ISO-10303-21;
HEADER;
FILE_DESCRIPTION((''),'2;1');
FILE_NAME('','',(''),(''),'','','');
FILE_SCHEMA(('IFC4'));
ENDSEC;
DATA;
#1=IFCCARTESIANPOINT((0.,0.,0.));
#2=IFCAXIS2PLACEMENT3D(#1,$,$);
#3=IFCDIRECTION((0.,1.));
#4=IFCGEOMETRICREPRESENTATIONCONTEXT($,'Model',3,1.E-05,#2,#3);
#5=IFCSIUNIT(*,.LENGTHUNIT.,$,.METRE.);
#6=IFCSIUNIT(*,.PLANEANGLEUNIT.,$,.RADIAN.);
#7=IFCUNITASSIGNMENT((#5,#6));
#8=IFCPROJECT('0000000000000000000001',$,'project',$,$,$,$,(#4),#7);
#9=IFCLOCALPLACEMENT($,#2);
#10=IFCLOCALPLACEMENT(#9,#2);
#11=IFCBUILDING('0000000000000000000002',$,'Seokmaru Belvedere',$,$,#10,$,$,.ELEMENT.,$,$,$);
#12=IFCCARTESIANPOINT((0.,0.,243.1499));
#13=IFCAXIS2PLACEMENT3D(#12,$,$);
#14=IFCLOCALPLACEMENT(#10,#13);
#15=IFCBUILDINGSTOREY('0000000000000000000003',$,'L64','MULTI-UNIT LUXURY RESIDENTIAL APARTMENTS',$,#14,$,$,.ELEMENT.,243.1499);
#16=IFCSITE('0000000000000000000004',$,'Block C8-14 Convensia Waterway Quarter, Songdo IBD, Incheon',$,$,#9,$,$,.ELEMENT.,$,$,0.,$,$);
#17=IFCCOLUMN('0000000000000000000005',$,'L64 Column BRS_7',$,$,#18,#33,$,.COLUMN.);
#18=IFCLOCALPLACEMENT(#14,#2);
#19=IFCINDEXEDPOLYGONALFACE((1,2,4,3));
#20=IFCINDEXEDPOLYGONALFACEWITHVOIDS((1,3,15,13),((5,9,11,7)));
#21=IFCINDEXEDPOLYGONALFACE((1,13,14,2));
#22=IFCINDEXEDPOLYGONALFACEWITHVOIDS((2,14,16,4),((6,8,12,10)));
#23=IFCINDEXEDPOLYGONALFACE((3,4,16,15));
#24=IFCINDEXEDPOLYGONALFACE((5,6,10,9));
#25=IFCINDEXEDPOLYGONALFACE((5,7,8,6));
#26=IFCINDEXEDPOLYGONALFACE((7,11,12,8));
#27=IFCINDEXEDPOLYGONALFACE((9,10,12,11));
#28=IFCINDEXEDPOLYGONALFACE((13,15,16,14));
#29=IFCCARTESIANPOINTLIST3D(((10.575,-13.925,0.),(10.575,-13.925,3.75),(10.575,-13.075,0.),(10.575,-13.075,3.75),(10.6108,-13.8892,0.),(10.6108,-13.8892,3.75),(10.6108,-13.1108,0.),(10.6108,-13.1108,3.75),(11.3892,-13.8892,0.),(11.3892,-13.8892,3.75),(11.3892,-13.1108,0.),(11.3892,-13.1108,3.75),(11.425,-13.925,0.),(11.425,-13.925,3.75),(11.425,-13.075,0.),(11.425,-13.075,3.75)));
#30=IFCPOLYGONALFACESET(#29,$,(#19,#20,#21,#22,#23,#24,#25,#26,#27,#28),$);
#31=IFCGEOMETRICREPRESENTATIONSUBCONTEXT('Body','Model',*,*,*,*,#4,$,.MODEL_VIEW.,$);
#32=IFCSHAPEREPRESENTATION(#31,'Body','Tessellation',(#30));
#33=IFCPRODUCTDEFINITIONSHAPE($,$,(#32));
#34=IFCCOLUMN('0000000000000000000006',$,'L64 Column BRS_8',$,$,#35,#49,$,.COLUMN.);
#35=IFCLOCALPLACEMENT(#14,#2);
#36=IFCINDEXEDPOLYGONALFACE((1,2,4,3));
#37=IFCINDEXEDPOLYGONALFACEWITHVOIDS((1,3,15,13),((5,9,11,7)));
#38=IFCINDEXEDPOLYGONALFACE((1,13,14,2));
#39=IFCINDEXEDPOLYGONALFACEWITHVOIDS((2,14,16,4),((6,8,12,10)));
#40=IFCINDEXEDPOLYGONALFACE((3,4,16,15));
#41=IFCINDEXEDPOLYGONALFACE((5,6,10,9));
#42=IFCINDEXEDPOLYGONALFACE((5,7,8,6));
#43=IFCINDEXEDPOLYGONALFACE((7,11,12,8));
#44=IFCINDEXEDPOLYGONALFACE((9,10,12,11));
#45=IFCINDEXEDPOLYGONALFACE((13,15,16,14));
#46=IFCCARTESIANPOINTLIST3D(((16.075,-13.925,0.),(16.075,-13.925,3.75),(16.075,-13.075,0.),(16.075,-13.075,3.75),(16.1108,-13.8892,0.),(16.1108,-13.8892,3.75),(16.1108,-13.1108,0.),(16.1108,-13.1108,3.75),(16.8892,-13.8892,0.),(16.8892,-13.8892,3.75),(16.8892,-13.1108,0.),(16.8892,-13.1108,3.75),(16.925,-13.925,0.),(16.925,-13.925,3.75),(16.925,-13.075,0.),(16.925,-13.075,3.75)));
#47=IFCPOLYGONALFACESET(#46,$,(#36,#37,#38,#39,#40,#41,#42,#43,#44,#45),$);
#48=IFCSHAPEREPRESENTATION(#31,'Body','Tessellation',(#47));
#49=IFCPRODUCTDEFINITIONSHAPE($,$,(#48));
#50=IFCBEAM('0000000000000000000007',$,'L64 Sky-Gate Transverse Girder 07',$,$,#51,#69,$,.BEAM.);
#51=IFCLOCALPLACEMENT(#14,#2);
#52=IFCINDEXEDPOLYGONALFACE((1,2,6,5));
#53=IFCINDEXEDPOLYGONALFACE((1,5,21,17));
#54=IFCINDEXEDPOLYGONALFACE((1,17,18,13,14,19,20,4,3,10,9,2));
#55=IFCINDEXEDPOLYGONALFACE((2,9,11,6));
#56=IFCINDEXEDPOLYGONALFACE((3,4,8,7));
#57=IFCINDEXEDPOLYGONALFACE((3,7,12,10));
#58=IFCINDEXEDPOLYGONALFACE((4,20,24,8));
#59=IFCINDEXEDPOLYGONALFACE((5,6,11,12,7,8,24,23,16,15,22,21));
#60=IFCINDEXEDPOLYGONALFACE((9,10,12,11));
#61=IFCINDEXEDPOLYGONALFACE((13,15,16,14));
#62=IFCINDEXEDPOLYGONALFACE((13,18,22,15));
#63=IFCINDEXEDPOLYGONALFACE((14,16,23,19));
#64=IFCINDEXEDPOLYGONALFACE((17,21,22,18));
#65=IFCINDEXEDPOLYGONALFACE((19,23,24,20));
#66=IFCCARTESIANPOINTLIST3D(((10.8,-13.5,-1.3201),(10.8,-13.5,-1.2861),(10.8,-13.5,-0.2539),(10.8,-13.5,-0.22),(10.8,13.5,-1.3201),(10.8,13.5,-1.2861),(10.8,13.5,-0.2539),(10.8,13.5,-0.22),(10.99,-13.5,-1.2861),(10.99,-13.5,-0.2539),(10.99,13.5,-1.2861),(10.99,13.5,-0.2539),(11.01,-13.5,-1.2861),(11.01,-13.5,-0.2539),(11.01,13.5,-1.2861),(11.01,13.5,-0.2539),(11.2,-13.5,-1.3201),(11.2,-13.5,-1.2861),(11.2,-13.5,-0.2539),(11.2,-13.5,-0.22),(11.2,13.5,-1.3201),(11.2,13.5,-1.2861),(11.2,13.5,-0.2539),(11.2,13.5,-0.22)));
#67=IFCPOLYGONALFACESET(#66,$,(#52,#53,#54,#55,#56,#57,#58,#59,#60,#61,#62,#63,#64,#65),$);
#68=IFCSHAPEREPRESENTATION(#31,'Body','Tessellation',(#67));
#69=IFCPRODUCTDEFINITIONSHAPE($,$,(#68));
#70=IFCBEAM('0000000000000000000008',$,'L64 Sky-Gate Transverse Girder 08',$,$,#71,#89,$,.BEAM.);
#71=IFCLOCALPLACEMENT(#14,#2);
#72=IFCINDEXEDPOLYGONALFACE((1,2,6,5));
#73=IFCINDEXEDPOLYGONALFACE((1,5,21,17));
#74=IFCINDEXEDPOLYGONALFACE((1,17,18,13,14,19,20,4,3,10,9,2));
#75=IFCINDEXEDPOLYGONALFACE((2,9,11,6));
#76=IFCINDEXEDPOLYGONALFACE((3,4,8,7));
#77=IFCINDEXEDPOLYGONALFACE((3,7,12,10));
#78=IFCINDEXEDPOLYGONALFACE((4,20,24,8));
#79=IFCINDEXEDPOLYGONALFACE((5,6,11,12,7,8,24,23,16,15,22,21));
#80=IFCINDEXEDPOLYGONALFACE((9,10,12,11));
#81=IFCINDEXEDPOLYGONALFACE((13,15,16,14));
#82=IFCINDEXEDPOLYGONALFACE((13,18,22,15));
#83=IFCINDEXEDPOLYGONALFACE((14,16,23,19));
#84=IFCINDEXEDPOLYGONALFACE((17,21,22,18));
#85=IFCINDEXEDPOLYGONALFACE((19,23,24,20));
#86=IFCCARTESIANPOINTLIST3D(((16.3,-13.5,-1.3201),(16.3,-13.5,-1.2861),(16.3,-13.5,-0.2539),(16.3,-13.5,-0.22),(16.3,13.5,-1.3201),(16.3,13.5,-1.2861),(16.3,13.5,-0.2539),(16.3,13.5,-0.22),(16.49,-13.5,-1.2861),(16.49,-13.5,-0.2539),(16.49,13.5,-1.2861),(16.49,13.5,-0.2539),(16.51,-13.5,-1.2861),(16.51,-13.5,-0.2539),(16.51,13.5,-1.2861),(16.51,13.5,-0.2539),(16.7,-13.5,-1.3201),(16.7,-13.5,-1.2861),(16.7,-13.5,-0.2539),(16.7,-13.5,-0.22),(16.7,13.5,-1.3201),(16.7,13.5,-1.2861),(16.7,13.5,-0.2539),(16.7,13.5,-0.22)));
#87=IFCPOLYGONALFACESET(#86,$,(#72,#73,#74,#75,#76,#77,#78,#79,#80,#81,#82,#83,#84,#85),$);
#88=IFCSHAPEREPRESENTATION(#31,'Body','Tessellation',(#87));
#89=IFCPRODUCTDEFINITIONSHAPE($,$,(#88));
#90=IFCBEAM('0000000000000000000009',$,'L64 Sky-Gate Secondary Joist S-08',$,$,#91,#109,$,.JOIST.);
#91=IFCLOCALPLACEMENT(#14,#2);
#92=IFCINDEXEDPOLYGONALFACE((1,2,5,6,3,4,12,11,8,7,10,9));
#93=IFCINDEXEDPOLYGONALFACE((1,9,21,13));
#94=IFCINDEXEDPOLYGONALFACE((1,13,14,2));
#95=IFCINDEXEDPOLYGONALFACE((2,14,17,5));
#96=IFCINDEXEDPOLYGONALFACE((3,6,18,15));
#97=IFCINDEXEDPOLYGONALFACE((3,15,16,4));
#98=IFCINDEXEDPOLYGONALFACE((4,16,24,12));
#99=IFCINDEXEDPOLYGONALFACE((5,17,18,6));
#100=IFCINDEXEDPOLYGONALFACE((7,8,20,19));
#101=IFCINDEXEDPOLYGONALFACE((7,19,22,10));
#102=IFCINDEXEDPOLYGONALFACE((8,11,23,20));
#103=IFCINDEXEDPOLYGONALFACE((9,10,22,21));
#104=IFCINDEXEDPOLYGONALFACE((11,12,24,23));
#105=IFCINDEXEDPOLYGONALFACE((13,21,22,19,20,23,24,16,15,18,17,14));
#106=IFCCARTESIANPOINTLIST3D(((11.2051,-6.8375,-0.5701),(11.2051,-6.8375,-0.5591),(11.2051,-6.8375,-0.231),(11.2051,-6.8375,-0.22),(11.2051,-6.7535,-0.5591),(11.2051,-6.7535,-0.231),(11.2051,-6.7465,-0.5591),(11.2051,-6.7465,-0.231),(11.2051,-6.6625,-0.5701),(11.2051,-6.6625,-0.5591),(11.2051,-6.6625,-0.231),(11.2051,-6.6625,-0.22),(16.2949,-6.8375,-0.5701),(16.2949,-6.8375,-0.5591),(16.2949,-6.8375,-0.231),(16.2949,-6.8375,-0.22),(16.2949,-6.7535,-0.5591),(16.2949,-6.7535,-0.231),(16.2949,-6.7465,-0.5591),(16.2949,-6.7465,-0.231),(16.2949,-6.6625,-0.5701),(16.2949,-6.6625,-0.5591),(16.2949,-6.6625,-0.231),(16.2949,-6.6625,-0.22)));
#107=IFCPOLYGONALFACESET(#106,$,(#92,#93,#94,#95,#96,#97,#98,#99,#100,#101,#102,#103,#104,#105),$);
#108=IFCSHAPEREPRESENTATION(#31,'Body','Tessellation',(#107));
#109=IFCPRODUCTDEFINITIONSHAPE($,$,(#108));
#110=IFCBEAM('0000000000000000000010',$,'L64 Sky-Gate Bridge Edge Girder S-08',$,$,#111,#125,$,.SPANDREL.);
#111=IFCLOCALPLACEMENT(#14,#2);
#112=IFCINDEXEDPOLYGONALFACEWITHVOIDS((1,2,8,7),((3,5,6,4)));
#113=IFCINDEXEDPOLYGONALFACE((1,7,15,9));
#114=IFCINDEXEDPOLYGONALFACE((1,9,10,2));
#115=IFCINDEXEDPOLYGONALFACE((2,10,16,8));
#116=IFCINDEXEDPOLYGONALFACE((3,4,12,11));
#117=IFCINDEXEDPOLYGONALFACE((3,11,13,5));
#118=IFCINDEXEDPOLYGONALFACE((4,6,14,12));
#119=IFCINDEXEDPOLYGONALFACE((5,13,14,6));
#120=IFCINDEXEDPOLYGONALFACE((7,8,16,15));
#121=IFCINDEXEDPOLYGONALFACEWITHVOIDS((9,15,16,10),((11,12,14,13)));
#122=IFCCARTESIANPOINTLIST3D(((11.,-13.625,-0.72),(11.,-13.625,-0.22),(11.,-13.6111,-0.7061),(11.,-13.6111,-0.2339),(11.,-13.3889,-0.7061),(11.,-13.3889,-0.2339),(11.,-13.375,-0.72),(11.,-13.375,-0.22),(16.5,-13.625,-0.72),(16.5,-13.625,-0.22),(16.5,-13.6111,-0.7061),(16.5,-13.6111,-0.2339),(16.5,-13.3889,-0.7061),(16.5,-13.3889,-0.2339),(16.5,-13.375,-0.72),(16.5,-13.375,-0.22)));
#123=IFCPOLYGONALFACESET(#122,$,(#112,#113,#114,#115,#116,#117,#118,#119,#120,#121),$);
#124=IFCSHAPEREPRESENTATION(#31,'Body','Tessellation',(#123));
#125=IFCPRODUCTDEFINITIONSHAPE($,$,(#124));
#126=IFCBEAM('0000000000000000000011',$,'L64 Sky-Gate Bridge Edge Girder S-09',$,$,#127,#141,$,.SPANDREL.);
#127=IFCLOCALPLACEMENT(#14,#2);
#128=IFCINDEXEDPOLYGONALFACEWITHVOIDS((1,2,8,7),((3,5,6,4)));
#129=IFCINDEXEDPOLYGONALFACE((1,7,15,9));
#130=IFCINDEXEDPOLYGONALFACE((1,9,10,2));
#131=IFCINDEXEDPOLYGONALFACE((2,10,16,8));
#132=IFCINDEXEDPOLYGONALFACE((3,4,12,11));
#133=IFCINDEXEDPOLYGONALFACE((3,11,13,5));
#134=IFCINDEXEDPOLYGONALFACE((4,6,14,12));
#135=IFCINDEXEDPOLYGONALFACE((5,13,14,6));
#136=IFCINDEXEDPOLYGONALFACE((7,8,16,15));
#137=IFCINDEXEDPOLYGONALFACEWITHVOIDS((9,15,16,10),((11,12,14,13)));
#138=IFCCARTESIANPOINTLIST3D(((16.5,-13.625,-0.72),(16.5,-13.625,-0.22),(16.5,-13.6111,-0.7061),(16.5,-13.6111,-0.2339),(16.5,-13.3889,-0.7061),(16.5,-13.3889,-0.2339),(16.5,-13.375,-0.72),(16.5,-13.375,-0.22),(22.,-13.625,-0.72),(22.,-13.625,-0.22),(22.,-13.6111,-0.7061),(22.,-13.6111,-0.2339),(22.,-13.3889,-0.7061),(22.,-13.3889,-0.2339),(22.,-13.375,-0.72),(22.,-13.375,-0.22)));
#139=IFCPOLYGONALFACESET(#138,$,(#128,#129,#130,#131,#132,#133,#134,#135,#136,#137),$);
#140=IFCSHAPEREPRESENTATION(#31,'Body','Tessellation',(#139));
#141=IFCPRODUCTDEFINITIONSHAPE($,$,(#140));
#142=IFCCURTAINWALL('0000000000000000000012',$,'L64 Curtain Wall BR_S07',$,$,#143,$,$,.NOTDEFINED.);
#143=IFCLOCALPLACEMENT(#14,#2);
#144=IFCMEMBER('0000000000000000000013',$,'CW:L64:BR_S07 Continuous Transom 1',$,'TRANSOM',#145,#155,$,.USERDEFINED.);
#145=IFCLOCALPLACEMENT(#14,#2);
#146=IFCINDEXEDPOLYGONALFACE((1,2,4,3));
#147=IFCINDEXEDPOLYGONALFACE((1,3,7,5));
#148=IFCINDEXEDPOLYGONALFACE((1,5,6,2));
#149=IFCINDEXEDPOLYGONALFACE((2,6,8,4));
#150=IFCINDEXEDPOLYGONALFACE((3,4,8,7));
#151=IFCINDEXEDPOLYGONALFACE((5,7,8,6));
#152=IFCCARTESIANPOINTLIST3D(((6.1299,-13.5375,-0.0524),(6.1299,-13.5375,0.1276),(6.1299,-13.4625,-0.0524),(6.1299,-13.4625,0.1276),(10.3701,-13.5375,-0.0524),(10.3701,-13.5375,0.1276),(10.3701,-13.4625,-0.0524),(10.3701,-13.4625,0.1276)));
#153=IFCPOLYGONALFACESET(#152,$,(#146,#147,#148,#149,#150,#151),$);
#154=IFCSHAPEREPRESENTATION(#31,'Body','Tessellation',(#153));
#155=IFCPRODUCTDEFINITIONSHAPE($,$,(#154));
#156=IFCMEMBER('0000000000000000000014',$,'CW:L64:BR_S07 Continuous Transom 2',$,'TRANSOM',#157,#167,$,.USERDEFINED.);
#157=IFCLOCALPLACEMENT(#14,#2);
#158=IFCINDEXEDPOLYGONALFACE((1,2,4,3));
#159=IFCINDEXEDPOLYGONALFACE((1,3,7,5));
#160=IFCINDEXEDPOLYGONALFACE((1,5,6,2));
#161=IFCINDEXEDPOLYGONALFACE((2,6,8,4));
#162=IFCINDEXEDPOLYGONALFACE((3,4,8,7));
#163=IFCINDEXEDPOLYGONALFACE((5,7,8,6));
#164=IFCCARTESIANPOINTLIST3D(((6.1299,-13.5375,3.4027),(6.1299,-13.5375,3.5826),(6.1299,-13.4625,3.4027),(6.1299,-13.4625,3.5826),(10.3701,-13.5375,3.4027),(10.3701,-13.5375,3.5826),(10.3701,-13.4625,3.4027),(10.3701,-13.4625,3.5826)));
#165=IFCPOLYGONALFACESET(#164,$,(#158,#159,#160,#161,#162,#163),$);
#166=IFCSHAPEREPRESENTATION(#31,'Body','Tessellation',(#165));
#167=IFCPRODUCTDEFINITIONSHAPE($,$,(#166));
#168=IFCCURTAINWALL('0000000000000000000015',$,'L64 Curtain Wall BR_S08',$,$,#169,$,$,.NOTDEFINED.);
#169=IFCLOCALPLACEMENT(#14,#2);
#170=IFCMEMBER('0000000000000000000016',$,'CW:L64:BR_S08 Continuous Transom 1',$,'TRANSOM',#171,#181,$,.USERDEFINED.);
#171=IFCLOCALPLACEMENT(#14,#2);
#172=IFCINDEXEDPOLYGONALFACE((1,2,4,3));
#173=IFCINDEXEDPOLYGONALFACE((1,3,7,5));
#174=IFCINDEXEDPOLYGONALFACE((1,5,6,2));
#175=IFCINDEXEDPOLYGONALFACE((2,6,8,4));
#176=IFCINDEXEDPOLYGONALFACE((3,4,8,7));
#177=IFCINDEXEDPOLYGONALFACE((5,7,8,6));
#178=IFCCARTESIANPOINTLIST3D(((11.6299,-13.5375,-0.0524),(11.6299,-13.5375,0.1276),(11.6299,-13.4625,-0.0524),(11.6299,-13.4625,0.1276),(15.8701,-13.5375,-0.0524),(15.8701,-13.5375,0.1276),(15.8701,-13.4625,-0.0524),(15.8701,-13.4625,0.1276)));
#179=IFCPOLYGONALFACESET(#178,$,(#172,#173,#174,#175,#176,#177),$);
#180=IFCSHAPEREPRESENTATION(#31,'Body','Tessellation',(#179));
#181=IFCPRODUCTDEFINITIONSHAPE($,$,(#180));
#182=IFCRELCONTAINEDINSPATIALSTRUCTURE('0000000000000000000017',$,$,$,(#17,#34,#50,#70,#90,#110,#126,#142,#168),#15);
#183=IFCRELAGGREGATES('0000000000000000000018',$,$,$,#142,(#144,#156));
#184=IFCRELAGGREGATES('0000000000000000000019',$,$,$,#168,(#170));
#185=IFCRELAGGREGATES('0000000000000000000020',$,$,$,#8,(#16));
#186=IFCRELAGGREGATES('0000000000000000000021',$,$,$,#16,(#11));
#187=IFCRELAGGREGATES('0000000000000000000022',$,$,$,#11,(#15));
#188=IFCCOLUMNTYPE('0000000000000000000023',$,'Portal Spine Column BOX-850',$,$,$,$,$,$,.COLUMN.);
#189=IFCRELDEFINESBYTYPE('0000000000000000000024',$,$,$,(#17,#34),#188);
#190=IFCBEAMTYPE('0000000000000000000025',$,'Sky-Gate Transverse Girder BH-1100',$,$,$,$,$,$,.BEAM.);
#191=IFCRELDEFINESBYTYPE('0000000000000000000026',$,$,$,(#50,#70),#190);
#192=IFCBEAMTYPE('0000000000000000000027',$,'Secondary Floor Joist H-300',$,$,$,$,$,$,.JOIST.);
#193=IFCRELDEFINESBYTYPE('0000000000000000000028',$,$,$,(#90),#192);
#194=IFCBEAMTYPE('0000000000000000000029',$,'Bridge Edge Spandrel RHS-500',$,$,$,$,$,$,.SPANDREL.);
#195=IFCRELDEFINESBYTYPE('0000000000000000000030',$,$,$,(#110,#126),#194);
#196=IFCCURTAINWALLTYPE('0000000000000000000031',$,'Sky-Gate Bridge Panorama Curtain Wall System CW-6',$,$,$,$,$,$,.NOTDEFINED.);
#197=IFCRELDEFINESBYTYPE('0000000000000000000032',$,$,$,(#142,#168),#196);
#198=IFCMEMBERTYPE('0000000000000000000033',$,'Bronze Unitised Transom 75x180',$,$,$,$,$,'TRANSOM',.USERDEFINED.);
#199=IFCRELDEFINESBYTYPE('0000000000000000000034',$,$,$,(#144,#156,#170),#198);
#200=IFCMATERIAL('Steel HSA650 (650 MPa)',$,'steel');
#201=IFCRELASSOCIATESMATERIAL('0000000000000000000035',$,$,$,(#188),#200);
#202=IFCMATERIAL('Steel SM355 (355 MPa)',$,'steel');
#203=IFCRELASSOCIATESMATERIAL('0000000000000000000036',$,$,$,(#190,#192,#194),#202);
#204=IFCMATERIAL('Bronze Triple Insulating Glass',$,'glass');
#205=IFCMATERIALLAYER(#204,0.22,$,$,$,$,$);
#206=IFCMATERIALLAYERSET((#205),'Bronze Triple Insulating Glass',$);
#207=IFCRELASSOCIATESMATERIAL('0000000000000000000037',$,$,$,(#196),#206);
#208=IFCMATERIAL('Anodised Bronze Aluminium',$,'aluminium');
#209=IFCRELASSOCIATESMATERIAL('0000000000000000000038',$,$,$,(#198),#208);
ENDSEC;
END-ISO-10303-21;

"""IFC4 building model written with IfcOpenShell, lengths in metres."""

from ifc_helpers import new_model, si_unit, direction, frame, origin, origin_2d, place, context, subcontext, project, spatial, rectangle, hollow_rectangle, i_section, extrude, source, transform, mapped, material, layer, layer_set, material_profile, profile_set, type_object, type_shapes, element, aggregate, save


model = new_model("IFC4")

# Units and contexts
model_context = context("Model", 3, precision=1e-05, world=origin(), true_north=direction((0.0, 1.0)))
body_context = subcontext(model_context, "Body", "Model", "MODEL_VIEW")
ifc_project = project(units=[si_unit("LENGTHUNIT", "METRE"), si_unit("PLANEANGLEUNIT", "RADIAN")], contexts=[model_context])

# Site, building, storey
site_placement = place(None, origin())
site = spatial("IfcSite", under=ifc_project, at=site_placement, Name="Block C8-14 Convensia Waterway Quarter, Songdo IBD, Incheon", CompositionType="ELEMENT", RefElevation=0.0)
building_placement = place(site_placement, origin())
building = spatial("IfcBuilding", under=site, at=building_placement, Name="Seokmaru Belvedere", CompositionType="ELEMENT")
storey_placement = place(building_placement, frame((0.0, 0.0, 243.1499)))
storey = spatial("IfcBuildingStorey", under=building, at=storey_placement, Name="L64", Description="MULTI-UNIT LUXURY RESIDENTIAL APARTMENTS", CompositionType="ELEMENT", Elevation=243.1499)

# Columns
ifc_material_1 = material(Name="Steel HSA650 (650 MPa)", Category="steel")
ifc_material_profile_1 = material_profile(ifc_material_1, hollow_rectangle(XDim=0.8501, YDim=0.8501, WallThickness=0.0359, at=origin_2d()), Name="BOX-850x850x36")
ifc_profile_set_1 = profile_set([ifc_material_profile_1], Name="Steel HSA650 (650 MPa)")
column_type = type_object("IfcColumnType", Name="Portal Spine Column BOX-850", PredefinedType="COLUMN", material=ifc_profile_set_1)
shared_shape_1 = source(origin(), body_context, "Body", "SweptSolid", [
    extrude(hollow_rectangle(XDim=0.8501, YDim=0.8501, WallThickness=0.0359, at=origin_2d()), origin(), (0.0, 0.0, 1.0), 3.75),
])
type_shapes(column_type, [shared_shape_1])
for number, where, z_axis, x_axis, name in (
    (1, (11.0, -13.5, 0.0), (0.0, 0.0, 1.0), (1.0, 0.0, 0.0), "L64 Column BRS_7"),
    (2, (16.5, -13.5, 0.0), (0.0, 0.0, 1.0), (1.0, 0.0, 0.0), "L64 Column BRS_8"),
):
    element("IfcColumn", number, at=place(storey_placement, frame(where, z_axis=z_axis, x_axis=x_axis)), inside=storey, type_object=column_type, Name=name, PredefinedType="COLUMN", context=body_context, shape_type="MappedRepresentation", body=[
        mapped(shared_shape_1, transform((0.0, 0.0, 0.0), scale=1.0)),
    ])

# Beams
ifc_material_2 = material(Name="Steel SM355 (355 MPa)", Category="steel")
ifc_material_profile_2 = material_profile(ifc_material_2, i_section(OverallWidth=0.3999, OverallDepth=1.1001, WebThickness=0.02, FlangeThickness=0.0339, at=origin_2d()), Name="BH-1100x400x20x34")
ifc_profile_set_2 = profile_set([ifc_material_profile_2], Name="Steel SM355 (355 MPa)")
beam_type_1 = type_object("IfcBeamType", Name="Sky-Gate Transverse Girder BH-1100", PredefinedType="BEAM", material=ifc_profile_set_2)
shared_shape_2 = source(origin(), body_context, "Body", "SweptSolid", [
    extrude(i_section(OverallWidth=0.3999, OverallDepth=1.1001, WebThickness=0.02, FlangeThickness=0.0339, at=origin_2d()), origin(), (0.0, 0.0, 1.0), 27.0),
])
type_shapes(beam_type_1, [shared_shape_2])
for number, where, z_axis, x_axis, name in (
    (3, (11.0, -13.5, -0.77), (0.0, 1.0, 0.0), (-1.0, 0.0, 0.0), "L64 Sky-Gate Transverse Girder 07"),
    (4, (16.5, -13.5, -0.77), (0.0, 1.0, 0.0), (-1.0, 0.0, 0.0), "L64 Sky-Gate Transverse Girder 08"),
):
    element("IfcBeam", number, at=place(storey_placement, frame(where, z_axis=z_axis, x_axis=x_axis)), inside=storey, type_object=beam_type_1, Name=name, PredefinedType="BEAM", context=body_context, shape_type="MappedRepresentation", body=[
        mapped(shared_shape_2, transform((0.0, 0.0, 0.0), scale=1.0)),
    ])
ifc_material_profile_3 = material_profile(ifc_material_2, i_section(OverallWidth=0.175, OverallDepth=0.3501, WebThickness=0.0071, FlangeThickness=0.011, at=origin_2d()), Name="H-350x175x7x11")
ifc_profile_set_3 = profile_set([ifc_material_profile_3], Name="Steel SM355 (355 MPa)")
beam_type_2 = type_object("IfcBeamType", Name="Secondary Floor Joist H-300", PredefinedType="JOIST", material=ifc_profile_set_3)
shared_shape_3 = source(origin(), body_context, "Body", "SweptSolid", [
    extrude(i_section(OverallWidth=0.175, OverallDepth=0.3501, WebThickness=0.0071, FlangeThickness=0.011, at=origin_2d()), origin(), (0.0, 0.0, 1.0), 5.0898),
])
type_shapes(beam_type_2, [shared_shape_3])
beam_placement = place(storey_placement, frame((11.2051, -6.75, -0.395), z_axis=(1.0, 0.0, 0.0), x_axis=(0.0, 1.0, 0.0)))
element("IfcBeam", 5, at=beam_placement, inside=storey, type_object=beam_type_2, Name="L64 Sky-Gate Secondary Joist S-08", PredefinedType="JOIST", context=body_context, shape_type="MappedRepresentation", body=[
    mapped(shared_shape_3, transform((0.0, 0.0, 0.0), scale=1.0)),
])
ifc_material_profile_4 = material_profile(ifc_material_2, hollow_rectangle(XDim=0.25, YDim=0.5, WallThickness=0.0139, at=origin_2d()), Name="RHS-500x250x14")
ifc_profile_set_4 = profile_set([ifc_material_profile_4], Name="Steel SM355 (355 MPa)")
beam_type_3 = type_object("IfcBeamType", Name="Bridge Edge Spandrel RHS-500", PredefinedType="SPANDREL", material=ifc_profile_set_4)
shared_shape_4 = source(origin(), body_context, "Body", "SweptSolid", [
    extrude(hollow_rectangle(XDim=0.25, YDim=0.5, WallThickness=0.0139, at=origin_2d()), origin(), (0.0, 0.0, 1.0), 5.5),
])
type_shapes(beam_type_3, [shared_shape_4])
for number, where, z_axis, x_axis, name in (
    (6, (11.0, -13.5, -0.47), (1.0, 0.0, 0.0), (0.0, 1.0, 0.0), "L64 Sky-Gate Bridge Edge Girder S-08"),
    (7, (16.5, -13.5, -0.47), (1.0, 0.0, 0.0), (0.0, 1.0, 0.0), "L64 Sky-Gate Bridge Edge Girder S-09"),
):
    element("IfcBeam", number, at=place(storey_placement, frame(where, z_axis=z_axis, x_axis=x_axis)), inside=storey, type_object=beam_type_3, Name=name, PredefinedType="SPANDREL", context=body_context, shape_type="MappedRepresentation", body=[
        mapped(shared_shape_4, transform((0.0, 0.0, 0.0), scale=1.0)),
    ])

# Curtain walls, members
ifc_material_3 = material(Name="Bronze Triple Insulating Glass", Category="glass")
ifc_layer_1 = layer(ifc_material_3, 0.22)
ifc_layer_set_1 = layer_set([ifc_layer_1], Name="Bronze Triple Insulating Glass")
curtain_wall_type = type_object("IfcCurtainWallType", Name="Sky-Gate Bridge Panorama Curtain Wall System CW-6", PredefinedType="NOTDEFINED", material=ifc_layer_set_1)
curtain_wall_1_placement = place(storey_placement, origin())
curtain_wall_1 = element("IfcCurtainWall", 8, at=curtain_wall_1_placement, inside=storey, type_object=curtain_wall_type, Name="L64 Curtain Wall BR_S07", PredefinedType="NOTDEFINED")
ifc_material_4 = material(Name="Anodised Bronze Aluminium", Category="aluminium")
ifc_material_profile_5 = material_profile(ifc_material_4, rectangle(XDim=0.075, YDim=0.1799, at=origin_2d()), Name="CW-T-75x180")
ifc_profile_set_5 = profile_set([ifc_material_profile_5], Name="Anodised Bronze Aluminium")
member_type_1 = type_object("IfcMemberType", Name="Bronze Unitised Transom 75x180", ElementType="TRANSOM", PredefinedType="USERDEFINED", material=ifc_profile_set_5)
shared_shape_5 = source(origin(), body_context, "Body", "SweptSolid", [
    extrude(rectangle(XDim=0.075, YDim=0.1799, at=origin_2d()), origin(), (0.0, 0.0, 1.0), 4.2402),
])
type_shapes(member_type_1, [shared_shape_5])
member_1_placement = place(storey_placement, frame((6.1299, -13.5, 0.0376), z_axis=(1.0, 0.0, 0.0), x_axis=(0.0, 1.0, 0.0)))
member_1 = element("IfcMember", 9, at=member_1_placement, type_object=member_type_1, Name="CW:L64:BR_S07 Continuous Transom 1", ObjectType="TRANSOM", PredefinedType="USERDEFINED", context=body_context, shape_type="MappedRepresentation", body=[
    mapped(shared_shape_5, transform((0.0, 0.0, 0.0), scale=1.0)),
])
member_2_placement = place(storey_placement, frame((6.1299, -13.5, 3.4927), z_axis=(1.0, 0.0, 0.0), x_axis=(0.0, 1.0, 0.0)))
member_2 = element("IfcMember", 10, at=member_2_placement, type_object=member_type_1, Name="CW:L64:BR_S07 Continuous Transom 2", ObjectType="TRANSOM", PredefinedType="USERDEFINED", context=body_context, shape_type="MappedRepresentation", body=[
    mapped(shared_shape_5, transform((0.0, 0.0, 0.0), scale=1.0)),
])
curtain_wall_2_placement = place(storey_placement, origin())
curtain_wall_2 = element("IfcCurtainWall", 11, at=curtain_wall_2_placement, inside=storey, type_object=curtain_wall_type, Name="L64 Curtain Wall BR_S08", PredefinedType="NOTDEFINED")
member_3_placement = place(storey_placement, frame((11.6299, -13.5, 0.0376), z_axis=(1.0, 0.0, 0.0), x_axis=(0.0, 1.0, 0.0)))
member_3 = element("IfcMember", 12, at=member_3_placement, type_object=member_type_1, Name="CW:L64:BR_S08 Continuous Transom 1", ObjectType="TRANSOM", PredefinedType="USERDEFINED", context=body_context, shape_type="MappedRepresentation", body=[
    mapped(shared_shape_5, transform((0.0, 0.0, 0.0), scale=1.0)),
])

aggregate(curtain_wall_1, [member_1, member_2])
aggregate(curtain_wall_2, [member_3])

save(model, "model.ifc")
